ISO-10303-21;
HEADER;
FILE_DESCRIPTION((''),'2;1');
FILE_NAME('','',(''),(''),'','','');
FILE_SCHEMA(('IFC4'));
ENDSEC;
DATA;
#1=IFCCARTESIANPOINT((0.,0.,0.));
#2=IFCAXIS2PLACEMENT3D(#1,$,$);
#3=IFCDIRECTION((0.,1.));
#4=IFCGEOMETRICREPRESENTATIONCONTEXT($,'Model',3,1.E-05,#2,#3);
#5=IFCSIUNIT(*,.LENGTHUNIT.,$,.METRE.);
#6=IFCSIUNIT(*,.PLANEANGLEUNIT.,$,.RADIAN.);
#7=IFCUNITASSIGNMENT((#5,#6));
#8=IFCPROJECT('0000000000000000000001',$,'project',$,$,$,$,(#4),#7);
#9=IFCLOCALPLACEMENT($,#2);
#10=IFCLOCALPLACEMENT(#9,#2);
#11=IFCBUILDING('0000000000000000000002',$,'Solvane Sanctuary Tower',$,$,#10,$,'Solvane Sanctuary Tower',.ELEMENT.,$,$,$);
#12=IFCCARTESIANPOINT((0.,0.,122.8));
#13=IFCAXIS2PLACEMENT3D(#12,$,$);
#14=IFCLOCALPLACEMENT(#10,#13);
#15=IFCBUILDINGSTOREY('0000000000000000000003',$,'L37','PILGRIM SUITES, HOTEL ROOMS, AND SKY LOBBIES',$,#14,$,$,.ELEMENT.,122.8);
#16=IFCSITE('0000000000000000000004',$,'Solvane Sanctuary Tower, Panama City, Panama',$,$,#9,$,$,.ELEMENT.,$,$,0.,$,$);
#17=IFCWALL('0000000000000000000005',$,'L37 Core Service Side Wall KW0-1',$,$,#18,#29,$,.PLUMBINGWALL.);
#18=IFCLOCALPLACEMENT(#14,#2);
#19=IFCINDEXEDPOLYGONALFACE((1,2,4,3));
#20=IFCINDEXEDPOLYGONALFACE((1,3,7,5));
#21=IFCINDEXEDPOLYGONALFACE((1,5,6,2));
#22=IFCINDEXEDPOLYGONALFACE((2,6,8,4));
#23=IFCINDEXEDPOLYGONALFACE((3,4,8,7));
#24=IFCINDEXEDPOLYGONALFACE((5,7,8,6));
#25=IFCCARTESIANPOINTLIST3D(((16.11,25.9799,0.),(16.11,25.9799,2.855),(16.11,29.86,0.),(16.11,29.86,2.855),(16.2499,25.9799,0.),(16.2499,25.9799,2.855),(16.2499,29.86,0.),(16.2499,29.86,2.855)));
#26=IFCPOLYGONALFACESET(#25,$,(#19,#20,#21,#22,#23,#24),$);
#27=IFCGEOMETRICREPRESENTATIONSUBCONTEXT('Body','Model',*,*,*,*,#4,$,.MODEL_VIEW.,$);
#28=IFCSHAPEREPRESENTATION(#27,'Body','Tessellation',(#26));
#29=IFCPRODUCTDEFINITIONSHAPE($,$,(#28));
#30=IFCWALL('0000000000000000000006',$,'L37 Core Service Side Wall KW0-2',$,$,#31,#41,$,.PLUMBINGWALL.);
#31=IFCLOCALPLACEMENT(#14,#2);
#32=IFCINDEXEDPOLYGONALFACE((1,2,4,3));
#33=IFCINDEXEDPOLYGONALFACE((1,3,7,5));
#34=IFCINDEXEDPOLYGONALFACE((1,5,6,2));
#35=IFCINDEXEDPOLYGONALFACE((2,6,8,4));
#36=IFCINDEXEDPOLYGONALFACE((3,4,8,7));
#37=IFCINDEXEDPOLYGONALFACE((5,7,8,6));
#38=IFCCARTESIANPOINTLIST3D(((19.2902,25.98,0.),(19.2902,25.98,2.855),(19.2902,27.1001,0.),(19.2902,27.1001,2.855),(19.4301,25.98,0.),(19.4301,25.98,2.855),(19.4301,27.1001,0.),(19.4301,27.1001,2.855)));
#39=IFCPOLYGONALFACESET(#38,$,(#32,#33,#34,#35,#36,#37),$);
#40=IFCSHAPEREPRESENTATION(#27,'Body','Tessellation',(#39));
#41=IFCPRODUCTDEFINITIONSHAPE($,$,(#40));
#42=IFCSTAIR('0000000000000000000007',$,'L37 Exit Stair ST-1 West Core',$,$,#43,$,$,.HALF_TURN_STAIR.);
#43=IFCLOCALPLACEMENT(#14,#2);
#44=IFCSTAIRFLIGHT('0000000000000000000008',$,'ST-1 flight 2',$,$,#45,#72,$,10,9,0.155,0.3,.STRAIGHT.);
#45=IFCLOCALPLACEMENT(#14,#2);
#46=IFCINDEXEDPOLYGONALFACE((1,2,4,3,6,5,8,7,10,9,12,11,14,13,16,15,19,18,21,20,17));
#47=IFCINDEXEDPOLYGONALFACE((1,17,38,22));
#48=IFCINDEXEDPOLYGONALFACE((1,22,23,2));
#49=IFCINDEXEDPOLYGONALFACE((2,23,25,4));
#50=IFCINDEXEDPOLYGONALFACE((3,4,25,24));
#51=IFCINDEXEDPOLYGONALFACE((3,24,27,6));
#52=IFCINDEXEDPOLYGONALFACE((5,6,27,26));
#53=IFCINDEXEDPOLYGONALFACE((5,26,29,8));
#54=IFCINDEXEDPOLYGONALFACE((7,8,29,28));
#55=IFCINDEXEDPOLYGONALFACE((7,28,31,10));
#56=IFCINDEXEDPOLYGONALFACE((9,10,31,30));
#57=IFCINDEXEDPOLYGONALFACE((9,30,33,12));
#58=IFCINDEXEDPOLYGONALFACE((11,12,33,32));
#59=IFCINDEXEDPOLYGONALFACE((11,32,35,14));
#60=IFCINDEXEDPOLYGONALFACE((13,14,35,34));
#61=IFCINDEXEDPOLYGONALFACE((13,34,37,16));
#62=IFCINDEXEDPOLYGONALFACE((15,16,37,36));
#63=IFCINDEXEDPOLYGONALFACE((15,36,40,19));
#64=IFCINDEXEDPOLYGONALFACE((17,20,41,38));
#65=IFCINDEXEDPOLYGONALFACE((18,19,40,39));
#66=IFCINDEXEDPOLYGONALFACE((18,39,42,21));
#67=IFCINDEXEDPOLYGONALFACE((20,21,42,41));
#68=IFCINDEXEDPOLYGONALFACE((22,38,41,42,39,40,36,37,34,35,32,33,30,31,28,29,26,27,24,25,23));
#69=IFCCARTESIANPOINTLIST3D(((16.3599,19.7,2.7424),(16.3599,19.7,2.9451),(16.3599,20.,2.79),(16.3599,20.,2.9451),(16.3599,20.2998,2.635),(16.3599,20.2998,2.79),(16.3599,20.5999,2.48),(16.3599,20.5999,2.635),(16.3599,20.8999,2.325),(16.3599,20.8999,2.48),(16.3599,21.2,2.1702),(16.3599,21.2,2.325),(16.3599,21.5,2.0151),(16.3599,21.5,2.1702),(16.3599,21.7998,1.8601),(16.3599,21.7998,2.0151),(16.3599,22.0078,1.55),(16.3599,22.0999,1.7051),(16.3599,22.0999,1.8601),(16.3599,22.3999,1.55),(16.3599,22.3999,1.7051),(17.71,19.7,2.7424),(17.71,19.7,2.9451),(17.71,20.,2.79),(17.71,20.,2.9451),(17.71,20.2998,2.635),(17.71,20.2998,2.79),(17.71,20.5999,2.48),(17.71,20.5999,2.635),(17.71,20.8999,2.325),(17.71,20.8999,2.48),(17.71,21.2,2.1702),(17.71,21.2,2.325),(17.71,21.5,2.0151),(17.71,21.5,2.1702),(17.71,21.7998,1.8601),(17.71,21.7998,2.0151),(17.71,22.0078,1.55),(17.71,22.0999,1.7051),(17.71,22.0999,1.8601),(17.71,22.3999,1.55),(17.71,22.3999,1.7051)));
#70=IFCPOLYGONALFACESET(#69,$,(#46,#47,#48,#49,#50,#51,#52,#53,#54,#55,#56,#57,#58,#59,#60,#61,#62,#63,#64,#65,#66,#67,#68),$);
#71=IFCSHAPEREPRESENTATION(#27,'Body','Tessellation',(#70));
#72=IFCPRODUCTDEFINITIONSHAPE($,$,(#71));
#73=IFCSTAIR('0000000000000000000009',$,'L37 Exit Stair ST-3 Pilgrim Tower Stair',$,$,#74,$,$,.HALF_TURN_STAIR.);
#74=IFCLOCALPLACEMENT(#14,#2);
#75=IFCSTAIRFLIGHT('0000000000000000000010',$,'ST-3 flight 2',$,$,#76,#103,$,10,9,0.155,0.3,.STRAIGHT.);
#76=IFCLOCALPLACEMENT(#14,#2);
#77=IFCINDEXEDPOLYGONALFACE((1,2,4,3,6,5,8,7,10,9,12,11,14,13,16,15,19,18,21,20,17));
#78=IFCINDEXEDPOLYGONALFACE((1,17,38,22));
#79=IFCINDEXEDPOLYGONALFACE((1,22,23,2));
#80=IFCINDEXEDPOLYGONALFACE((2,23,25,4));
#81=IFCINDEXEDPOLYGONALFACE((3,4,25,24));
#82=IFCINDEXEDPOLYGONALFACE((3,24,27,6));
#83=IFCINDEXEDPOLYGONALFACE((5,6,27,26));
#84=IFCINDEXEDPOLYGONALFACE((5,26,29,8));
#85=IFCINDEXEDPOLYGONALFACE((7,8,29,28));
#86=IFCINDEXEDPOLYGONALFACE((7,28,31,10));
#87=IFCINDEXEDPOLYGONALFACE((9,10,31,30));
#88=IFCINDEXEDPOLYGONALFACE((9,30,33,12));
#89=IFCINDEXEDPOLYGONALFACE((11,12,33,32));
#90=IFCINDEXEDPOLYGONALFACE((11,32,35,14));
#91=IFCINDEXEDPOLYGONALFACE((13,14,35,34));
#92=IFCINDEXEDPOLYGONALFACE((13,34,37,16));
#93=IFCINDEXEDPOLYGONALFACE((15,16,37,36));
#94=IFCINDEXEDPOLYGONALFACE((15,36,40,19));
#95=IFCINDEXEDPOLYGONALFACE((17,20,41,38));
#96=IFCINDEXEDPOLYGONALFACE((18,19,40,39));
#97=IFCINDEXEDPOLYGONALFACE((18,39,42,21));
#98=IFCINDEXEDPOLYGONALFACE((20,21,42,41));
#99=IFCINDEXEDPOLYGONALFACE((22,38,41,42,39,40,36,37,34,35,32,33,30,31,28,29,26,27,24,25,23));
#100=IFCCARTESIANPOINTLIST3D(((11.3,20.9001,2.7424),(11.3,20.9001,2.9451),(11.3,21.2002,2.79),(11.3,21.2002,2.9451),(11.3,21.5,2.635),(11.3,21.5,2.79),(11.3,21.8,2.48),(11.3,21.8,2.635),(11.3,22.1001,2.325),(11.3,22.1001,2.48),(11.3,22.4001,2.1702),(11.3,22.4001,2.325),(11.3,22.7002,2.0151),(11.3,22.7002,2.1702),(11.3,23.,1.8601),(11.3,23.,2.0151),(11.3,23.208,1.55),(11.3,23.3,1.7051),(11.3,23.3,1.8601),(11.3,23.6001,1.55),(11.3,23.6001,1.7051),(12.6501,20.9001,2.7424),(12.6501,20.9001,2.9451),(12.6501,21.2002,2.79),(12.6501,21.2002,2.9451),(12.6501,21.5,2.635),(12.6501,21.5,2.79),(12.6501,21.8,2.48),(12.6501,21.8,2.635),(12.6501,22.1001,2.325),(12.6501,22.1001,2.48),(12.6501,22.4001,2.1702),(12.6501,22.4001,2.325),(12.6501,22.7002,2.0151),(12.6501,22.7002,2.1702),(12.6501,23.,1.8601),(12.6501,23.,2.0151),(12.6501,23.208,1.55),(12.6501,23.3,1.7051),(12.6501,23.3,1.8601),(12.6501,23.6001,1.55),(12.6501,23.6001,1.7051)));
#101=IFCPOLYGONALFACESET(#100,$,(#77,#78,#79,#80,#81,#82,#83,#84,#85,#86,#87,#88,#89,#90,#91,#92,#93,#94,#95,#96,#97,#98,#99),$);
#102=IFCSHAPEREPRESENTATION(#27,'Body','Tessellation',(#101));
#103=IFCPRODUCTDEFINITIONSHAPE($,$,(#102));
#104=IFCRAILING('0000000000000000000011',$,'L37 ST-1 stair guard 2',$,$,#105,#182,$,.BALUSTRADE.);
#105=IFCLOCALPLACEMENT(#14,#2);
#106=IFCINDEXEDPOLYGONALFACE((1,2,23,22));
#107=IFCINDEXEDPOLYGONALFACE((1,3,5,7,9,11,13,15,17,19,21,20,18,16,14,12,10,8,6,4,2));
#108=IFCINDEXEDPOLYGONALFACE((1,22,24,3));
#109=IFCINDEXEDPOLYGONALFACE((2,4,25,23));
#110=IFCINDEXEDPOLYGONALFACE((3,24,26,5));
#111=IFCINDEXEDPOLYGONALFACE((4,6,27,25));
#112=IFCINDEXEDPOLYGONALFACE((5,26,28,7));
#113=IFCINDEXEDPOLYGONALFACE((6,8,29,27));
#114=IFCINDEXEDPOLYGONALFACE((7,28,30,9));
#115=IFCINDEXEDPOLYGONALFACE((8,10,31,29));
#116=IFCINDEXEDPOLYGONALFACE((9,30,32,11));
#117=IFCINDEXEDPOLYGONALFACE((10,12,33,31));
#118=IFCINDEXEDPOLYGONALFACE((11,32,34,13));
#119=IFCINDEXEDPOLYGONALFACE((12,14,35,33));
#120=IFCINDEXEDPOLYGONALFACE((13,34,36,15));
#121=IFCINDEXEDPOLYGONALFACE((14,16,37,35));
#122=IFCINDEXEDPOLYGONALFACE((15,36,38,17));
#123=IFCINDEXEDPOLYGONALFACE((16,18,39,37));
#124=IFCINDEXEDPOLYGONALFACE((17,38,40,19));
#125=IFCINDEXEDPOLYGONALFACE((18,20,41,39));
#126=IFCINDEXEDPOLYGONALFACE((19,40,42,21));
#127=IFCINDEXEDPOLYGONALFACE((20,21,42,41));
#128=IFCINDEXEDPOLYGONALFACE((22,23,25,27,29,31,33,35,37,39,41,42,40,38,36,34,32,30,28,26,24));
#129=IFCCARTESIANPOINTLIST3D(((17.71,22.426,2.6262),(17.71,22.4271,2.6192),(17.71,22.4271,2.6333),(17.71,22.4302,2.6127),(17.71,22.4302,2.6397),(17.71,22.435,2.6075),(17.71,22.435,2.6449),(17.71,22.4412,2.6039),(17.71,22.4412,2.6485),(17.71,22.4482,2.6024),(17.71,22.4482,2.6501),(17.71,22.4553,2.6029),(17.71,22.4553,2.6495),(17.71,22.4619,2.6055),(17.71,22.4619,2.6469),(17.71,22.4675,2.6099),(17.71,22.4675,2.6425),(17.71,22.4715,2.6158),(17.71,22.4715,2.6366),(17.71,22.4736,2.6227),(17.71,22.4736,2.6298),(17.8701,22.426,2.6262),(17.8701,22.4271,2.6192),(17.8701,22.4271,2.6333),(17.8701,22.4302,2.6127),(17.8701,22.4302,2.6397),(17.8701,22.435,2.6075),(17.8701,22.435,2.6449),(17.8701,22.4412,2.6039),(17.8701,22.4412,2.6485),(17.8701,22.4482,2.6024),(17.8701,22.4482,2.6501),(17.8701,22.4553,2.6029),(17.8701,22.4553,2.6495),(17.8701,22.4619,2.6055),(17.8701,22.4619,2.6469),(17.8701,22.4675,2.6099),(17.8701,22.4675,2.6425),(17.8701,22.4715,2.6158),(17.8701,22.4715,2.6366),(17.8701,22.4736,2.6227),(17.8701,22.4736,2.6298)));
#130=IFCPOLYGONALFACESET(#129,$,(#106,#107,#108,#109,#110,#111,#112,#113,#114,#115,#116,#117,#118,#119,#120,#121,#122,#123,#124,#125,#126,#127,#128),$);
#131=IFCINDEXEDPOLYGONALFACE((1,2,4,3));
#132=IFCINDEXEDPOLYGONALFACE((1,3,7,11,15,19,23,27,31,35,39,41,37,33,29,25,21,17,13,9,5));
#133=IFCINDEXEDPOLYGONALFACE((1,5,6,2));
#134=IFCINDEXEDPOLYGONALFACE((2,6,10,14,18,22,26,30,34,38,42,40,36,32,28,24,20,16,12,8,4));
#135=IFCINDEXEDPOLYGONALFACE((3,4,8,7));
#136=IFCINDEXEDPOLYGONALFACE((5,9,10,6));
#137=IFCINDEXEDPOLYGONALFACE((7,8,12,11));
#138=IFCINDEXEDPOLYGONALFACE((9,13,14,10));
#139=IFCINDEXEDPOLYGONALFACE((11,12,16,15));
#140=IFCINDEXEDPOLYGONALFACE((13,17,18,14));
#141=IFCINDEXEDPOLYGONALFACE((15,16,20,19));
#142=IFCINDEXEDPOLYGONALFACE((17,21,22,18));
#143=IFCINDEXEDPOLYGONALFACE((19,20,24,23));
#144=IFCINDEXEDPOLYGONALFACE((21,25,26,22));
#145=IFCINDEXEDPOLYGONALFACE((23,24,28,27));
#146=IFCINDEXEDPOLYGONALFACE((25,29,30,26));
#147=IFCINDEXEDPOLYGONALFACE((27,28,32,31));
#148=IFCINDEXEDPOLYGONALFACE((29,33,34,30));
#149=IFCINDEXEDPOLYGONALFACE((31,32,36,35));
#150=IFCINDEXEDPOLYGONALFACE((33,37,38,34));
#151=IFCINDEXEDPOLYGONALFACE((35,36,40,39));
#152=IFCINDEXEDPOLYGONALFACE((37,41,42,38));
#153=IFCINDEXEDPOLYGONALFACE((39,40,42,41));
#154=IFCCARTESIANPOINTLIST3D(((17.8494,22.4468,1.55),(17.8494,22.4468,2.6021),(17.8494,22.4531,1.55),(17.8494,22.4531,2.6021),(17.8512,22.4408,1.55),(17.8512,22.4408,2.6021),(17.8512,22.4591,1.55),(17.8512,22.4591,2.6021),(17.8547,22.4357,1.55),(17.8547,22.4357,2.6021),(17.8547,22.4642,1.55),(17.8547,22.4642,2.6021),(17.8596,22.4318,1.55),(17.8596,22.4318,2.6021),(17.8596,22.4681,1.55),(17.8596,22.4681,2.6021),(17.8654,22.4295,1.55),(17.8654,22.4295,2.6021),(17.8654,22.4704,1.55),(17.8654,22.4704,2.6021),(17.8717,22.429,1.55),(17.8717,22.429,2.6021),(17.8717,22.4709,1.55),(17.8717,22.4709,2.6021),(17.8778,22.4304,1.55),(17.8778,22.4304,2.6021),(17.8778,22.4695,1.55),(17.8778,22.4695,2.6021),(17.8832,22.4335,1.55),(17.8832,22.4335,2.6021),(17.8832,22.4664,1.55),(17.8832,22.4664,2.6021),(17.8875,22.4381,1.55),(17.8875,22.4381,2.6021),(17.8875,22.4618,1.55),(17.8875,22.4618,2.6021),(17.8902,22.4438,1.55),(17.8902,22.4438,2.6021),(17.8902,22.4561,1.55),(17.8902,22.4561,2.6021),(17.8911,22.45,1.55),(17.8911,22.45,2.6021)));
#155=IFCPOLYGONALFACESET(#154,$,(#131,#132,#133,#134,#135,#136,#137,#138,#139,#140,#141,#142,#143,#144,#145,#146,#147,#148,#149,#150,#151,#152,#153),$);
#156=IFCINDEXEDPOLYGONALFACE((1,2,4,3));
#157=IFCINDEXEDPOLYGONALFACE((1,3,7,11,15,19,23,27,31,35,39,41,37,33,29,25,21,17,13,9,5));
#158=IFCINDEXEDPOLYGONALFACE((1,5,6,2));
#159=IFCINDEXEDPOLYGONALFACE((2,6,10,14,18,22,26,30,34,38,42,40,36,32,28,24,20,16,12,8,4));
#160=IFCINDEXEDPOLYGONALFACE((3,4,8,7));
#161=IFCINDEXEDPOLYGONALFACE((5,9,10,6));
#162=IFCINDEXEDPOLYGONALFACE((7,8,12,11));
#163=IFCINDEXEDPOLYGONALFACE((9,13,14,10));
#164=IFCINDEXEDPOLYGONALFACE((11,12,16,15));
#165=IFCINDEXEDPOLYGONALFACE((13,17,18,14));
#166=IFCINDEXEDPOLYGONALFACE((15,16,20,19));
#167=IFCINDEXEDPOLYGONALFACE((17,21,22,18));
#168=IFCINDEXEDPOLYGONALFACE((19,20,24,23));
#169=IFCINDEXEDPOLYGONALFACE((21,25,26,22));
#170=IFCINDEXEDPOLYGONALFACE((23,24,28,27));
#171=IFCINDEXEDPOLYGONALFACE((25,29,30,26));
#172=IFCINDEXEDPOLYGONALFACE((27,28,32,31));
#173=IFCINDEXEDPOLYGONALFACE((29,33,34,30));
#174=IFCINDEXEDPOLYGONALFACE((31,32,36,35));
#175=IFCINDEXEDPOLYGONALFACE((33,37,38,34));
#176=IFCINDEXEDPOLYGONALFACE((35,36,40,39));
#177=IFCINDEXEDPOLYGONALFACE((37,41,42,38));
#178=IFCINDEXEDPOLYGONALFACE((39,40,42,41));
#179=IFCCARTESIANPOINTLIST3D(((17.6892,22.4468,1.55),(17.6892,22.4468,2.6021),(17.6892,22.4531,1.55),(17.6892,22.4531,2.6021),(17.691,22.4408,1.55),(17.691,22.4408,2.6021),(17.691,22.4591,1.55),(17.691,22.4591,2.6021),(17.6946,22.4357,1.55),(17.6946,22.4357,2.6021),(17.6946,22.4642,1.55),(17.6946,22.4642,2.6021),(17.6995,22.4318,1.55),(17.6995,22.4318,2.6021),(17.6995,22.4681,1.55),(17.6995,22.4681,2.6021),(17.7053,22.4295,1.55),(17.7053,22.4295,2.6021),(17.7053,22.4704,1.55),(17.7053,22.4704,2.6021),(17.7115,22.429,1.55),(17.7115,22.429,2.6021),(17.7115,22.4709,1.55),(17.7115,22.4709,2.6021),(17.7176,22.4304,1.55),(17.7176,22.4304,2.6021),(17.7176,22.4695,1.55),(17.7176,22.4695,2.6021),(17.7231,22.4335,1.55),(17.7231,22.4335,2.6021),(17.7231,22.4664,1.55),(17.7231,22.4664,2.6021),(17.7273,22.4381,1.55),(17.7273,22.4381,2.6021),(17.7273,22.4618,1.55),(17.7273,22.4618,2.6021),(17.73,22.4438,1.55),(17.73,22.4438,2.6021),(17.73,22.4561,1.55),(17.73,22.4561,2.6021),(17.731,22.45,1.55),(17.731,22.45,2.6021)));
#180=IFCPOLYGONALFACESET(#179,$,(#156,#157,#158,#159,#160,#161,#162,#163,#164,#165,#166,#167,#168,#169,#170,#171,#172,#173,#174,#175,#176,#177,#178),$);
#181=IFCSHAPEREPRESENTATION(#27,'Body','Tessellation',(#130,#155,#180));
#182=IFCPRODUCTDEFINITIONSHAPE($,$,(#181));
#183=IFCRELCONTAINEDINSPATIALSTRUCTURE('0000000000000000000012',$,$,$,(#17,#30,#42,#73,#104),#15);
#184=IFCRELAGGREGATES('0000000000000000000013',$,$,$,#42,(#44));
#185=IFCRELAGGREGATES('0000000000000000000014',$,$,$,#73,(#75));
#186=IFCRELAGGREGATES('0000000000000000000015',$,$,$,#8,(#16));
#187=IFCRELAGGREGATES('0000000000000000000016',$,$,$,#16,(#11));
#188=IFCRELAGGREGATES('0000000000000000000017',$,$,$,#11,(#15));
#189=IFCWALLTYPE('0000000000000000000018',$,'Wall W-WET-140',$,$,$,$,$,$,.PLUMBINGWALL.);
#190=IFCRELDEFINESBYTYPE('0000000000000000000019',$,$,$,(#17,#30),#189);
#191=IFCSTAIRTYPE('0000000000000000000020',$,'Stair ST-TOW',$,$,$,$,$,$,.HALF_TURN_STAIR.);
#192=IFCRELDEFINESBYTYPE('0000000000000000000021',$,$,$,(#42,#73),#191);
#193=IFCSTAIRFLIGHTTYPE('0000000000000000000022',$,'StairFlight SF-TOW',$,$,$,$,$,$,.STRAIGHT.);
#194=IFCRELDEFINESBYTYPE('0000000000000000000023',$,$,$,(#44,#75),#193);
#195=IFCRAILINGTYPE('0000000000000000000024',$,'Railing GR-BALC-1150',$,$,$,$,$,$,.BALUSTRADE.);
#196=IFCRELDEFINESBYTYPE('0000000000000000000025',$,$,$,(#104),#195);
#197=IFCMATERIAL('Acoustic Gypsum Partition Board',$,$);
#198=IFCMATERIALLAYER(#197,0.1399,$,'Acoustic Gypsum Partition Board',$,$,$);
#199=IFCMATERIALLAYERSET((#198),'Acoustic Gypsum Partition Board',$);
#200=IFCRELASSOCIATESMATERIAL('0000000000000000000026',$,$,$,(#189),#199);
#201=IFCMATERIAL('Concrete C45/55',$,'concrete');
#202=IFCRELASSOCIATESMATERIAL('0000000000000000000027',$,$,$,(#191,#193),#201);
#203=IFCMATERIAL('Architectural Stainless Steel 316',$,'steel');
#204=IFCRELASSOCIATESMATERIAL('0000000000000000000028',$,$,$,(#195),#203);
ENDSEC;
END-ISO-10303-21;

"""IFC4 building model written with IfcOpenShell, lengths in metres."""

from ifc_helpers import new_model, si_unit, direction, frame, frame_2d, origin, origin_2d, place, context, subcontext, project, spatial, polyline, rectangle, circle, outline, extrude, material, layer, layer_set, type_object, element, aggregate, save


model = new_model("IFC4")

# Units and contexts
model_context = context("Model", 3, precision=1e-05, world=origin(), true_north=direction((0.0, 1.0)))
body_context = subcontext(model_context, "Body", "Model", "MODEL_VIEW")
ifc_project = project(units=[si_unit("LENGTHUNIT", "METRE"), si_unit("PLANEANGLEUNIT", "RADIAN")], contexts=[model_context])

# Site, building, storey
site_placement = place(None, origin())
site = spatial("IfcSite", under=ifc_project, at=site_placement, Name="Solvane Sanctuary Tower, Panama City, Panama", CompositionType="ELEMENT", RefElevation=0.0)
building_placement = place(site_placement, origin())
building = spatial("IfcBuilding", under=site, at=building_placement, Name="Solvane Sanctuary Tower", LongName="Solvane Sanctuary Tower", CompositionType="ELEMENT")
storey_placement = place(building_placement, frame((0.0, 0.0, 122.8)))
storey = spatial("IfcBuildingStorey", under=building, at=storey_placement, Name="L37", Description="PILGRIM SUITES, HOTEL ROOMS, AND SKY LOBBIES", CompositionType="ELEMENT", Elevation=122.8)

# Shared definitions
ifc_material_1 = material(Name="Acoustic Gypsum Partition Board")

# Shared definitions
ifc_material_2 = material(Name="Architectural Stainless Steel 316", Category="steel")

# Walls
ifc_layer_1 = layer(ifc_material_1, 0.1399, Name="Acoustic Gypsum Partition Board")
ifc_layer_set_1 = layer_set([ifc_layer_1], Name="Acoustic Gypsum Partition Board")
wall_type_1 = type_object("IfcWallType", Name="Wall W-WET-140", PredefinedType="PLUMBINGWALL", material=ifc_layer_set_1)
wall_1_placement = place(storey_placement, frame((16.1799, 25.98, 0.0), z_axis=(0.0, 0.0, 1.0), x_axis=(0.0, 1.0, 0.0)))
element("IfcWall", 1, at=wall_1_placement, inside=storey, type_object=wall_type_1, Name="L37 Core Service Side Wall KW0-1", PredefinedType="PLUMBINGWALL", context=body_context, shape_type="SweptSolid", body=[
    extrude(rectangle(XDim=3.8801, YDim=0.1399, at=frame_2d((1.9399, 0.0))), origin(), (0.0, 0.0, 1.0), 2.855),
])
wall_2_placement = place(storey_placement, frame((19.3601, 25.98, 0.0), z_axis=(0.0, 0.0, 1.0), x_axis=(0.0, 1.0, 0.0)))
element("IfcWall", 2, at=wall_2_placement, inside=storey, type_object=wall_type_1, Name="L37 Core Service Side Wall KW0-2", PredefinedType="PLUMBINGWALL", context=body_context, shape_type="SweptSolid", body=[
    extrude(rectangle(XDim=1.1201, YDim=0.1399, at=frame_2d((0.5601, 0.0))), origin(), (0.0, 0.0, 1.0), 2.855),
])

# Stairs, stair flights
ifc_material_3 = material(Name="Concrete C45/55", Category="concrete")
stair_type = type_object("IfcStairType", Name="Stair ST-TOW", PredefinedType="HALF_TURN_STAIR", material=ifc_material_3)
stair_1_placement = place(storey_placement, origin())
stair_1 = element("IfcStair", 3, at=stair_1_placement, inside=storey, type_object=stair_type, Name="L37 Exit Stair ST-1 West Core", PredefinedType="HALF_TURN_STAIR")
stair_flight_type = type_object("IfcStairFlightType", Name="StairFlight SF-TOW", PredefinedType="STRAIGHT", material=ifc_material_3)
stair_flight_1_placement = place(storey_placement, frame((17.0349, 22.3999, 1.55), z_axis=(0.0, 0.0, 1.0), x_axis=(0.0, -1.0, 0.0)))
stair_flight_1 = element("IfcStairFlight", 4, at=stair_flight_1_placement, type_object=stair_flight_type, Name="ST-1 flight 2", NumberOfRisers=10, NumberOfTreads=9, PredefinedType="STRAIGHT", RiserHeight=0.155, TreadLength=0.3, context=body_context, shape_type="SweptSolid", body=[
    extrude(outline(polyline([(0.0, 0.0), (0.0, 0.155), (0.3, 0.155), (0.3, 0.3101), (0.6001, 0.3101), (0.6001, 0.4651), (0.8999, 0.4651), (0.8999, 0.6201), (1.2, 0.6201), (1.2, 0.7749), (1.5, 0.7749), (1.5, 0.9299), (1.8, 0.9299), (1.8, 1.085), (2.1001, 1.085), (2.1001, 1.24), (2.3999, 1.24), (2.3999, 1.395), (2.7, 1.395), (2.7, 1.55), (2.7, 1.1924), (0.3921, 0.0), (0.0, 0.0)])), frame((0.0, 0.675, 0.0), z_axis=(0.0, -1.0, 0.0), x_axis=(1.0, 0.0, 0.0)), (0.0, 0.0, 1.0), 1.3501),
])
aggregate(stair_1, [stair_flight_1])
stair_2_placement = place(storey_placement, origin())
stair_2 = element("IfcStair", 5, at=stair_2_placement, inside=storey, type_object=stair_type, Name="L37 Exit Stair ST-3 Pilgrim Tower Stair", PredefinedType="HALF_TURN_STAIR")
stair_flight_2_placement = place(storey_placement, frame((11.9751, 23.6001, 1.55), z_axis=(0.0, 0.0, 1.0), x_axis=(0.0, -1.0, 0.0)))
stair_flight_2 = element("IfcStairFlight", 6, at=stair_flight_2_placement, type_object=stair_flight_type, Name="ST-3 flight 2", NumberOfRisers=10, NumberOfTreads=9, PredefinedType="STRAIGHT", RiserHeight=0.155, TreadLength=0.3, context=body_context, shape_type="SweptSolid", body=[
    extrude(outline(polyline([(0.0, 0.0), (0.0, 0.155), (0.3, 0.155), (0.3, 0.3101), (0.6001, 0.3101), (0.6001, 0.4651), (0.8999, 0.4651), (0.8999, 0.6201), (1.2, 0.6201), (1.2, 0.7749), (1.5, 0.7749), (1.5, 0.9299), (1.8, 0.9299), (1.8, 1.085), (2.1001, 1.085), (2.1001, 1.24), (2.3999, 1.24), (2.3999, 1.395), (2.7, 1.395), (2.7, 1.55), (2.7, 1.1924), (0.3921, 0.0), (0.0, 0.0)])), frame((0.0, 0.675, 0.0), z_axis=(0.0, -1.0, 0.0), x_axis=(1.0, 0.0, 0.0)), (0.0, 0.0, 1.0), 1.3501),
])
aggregate(stair_2, [stair_flight_2])

# Railing
railing_type_1 = type_object("IfcRailingType", Name="Railing GR-BALC-1150", PredefinedType="BALUSTRADE", material=ifc_material_2)
railing_1_placement = place(storey_placement, frame((17.8701, 22.45, 1.55)))
element("IfcRailing", 7, at=railing_1_placement, inside=storey, type_object=railing_type_1, Name="L37 ST-1 stair guard 2", PredefinedType="BALUSTRADE", context=body_context, shape_type="SweptSolid", body=[
    extrude(circle(Radius=0.0239, at=origin_2d()), frame((0.0, 0.0, 1.0762), z_axis=(-1.0, 0.0, 0.0), x_axis=(0.0, -1.0, 0.0)), (0.0, 0.0, 1.0), 0.1602),
    extrude(circle(Radius=0.021, at=origin_2d()), origin(), (0.0, 0.0, 1.0), 1.052),
    extrude(circle(Radius=0.021, at=origin_2d()), frame((-0.1602, 0.0, 0.0)), (0.0, 0.0, 1.0), 1.052),
])

save(model, "model.ifc")
